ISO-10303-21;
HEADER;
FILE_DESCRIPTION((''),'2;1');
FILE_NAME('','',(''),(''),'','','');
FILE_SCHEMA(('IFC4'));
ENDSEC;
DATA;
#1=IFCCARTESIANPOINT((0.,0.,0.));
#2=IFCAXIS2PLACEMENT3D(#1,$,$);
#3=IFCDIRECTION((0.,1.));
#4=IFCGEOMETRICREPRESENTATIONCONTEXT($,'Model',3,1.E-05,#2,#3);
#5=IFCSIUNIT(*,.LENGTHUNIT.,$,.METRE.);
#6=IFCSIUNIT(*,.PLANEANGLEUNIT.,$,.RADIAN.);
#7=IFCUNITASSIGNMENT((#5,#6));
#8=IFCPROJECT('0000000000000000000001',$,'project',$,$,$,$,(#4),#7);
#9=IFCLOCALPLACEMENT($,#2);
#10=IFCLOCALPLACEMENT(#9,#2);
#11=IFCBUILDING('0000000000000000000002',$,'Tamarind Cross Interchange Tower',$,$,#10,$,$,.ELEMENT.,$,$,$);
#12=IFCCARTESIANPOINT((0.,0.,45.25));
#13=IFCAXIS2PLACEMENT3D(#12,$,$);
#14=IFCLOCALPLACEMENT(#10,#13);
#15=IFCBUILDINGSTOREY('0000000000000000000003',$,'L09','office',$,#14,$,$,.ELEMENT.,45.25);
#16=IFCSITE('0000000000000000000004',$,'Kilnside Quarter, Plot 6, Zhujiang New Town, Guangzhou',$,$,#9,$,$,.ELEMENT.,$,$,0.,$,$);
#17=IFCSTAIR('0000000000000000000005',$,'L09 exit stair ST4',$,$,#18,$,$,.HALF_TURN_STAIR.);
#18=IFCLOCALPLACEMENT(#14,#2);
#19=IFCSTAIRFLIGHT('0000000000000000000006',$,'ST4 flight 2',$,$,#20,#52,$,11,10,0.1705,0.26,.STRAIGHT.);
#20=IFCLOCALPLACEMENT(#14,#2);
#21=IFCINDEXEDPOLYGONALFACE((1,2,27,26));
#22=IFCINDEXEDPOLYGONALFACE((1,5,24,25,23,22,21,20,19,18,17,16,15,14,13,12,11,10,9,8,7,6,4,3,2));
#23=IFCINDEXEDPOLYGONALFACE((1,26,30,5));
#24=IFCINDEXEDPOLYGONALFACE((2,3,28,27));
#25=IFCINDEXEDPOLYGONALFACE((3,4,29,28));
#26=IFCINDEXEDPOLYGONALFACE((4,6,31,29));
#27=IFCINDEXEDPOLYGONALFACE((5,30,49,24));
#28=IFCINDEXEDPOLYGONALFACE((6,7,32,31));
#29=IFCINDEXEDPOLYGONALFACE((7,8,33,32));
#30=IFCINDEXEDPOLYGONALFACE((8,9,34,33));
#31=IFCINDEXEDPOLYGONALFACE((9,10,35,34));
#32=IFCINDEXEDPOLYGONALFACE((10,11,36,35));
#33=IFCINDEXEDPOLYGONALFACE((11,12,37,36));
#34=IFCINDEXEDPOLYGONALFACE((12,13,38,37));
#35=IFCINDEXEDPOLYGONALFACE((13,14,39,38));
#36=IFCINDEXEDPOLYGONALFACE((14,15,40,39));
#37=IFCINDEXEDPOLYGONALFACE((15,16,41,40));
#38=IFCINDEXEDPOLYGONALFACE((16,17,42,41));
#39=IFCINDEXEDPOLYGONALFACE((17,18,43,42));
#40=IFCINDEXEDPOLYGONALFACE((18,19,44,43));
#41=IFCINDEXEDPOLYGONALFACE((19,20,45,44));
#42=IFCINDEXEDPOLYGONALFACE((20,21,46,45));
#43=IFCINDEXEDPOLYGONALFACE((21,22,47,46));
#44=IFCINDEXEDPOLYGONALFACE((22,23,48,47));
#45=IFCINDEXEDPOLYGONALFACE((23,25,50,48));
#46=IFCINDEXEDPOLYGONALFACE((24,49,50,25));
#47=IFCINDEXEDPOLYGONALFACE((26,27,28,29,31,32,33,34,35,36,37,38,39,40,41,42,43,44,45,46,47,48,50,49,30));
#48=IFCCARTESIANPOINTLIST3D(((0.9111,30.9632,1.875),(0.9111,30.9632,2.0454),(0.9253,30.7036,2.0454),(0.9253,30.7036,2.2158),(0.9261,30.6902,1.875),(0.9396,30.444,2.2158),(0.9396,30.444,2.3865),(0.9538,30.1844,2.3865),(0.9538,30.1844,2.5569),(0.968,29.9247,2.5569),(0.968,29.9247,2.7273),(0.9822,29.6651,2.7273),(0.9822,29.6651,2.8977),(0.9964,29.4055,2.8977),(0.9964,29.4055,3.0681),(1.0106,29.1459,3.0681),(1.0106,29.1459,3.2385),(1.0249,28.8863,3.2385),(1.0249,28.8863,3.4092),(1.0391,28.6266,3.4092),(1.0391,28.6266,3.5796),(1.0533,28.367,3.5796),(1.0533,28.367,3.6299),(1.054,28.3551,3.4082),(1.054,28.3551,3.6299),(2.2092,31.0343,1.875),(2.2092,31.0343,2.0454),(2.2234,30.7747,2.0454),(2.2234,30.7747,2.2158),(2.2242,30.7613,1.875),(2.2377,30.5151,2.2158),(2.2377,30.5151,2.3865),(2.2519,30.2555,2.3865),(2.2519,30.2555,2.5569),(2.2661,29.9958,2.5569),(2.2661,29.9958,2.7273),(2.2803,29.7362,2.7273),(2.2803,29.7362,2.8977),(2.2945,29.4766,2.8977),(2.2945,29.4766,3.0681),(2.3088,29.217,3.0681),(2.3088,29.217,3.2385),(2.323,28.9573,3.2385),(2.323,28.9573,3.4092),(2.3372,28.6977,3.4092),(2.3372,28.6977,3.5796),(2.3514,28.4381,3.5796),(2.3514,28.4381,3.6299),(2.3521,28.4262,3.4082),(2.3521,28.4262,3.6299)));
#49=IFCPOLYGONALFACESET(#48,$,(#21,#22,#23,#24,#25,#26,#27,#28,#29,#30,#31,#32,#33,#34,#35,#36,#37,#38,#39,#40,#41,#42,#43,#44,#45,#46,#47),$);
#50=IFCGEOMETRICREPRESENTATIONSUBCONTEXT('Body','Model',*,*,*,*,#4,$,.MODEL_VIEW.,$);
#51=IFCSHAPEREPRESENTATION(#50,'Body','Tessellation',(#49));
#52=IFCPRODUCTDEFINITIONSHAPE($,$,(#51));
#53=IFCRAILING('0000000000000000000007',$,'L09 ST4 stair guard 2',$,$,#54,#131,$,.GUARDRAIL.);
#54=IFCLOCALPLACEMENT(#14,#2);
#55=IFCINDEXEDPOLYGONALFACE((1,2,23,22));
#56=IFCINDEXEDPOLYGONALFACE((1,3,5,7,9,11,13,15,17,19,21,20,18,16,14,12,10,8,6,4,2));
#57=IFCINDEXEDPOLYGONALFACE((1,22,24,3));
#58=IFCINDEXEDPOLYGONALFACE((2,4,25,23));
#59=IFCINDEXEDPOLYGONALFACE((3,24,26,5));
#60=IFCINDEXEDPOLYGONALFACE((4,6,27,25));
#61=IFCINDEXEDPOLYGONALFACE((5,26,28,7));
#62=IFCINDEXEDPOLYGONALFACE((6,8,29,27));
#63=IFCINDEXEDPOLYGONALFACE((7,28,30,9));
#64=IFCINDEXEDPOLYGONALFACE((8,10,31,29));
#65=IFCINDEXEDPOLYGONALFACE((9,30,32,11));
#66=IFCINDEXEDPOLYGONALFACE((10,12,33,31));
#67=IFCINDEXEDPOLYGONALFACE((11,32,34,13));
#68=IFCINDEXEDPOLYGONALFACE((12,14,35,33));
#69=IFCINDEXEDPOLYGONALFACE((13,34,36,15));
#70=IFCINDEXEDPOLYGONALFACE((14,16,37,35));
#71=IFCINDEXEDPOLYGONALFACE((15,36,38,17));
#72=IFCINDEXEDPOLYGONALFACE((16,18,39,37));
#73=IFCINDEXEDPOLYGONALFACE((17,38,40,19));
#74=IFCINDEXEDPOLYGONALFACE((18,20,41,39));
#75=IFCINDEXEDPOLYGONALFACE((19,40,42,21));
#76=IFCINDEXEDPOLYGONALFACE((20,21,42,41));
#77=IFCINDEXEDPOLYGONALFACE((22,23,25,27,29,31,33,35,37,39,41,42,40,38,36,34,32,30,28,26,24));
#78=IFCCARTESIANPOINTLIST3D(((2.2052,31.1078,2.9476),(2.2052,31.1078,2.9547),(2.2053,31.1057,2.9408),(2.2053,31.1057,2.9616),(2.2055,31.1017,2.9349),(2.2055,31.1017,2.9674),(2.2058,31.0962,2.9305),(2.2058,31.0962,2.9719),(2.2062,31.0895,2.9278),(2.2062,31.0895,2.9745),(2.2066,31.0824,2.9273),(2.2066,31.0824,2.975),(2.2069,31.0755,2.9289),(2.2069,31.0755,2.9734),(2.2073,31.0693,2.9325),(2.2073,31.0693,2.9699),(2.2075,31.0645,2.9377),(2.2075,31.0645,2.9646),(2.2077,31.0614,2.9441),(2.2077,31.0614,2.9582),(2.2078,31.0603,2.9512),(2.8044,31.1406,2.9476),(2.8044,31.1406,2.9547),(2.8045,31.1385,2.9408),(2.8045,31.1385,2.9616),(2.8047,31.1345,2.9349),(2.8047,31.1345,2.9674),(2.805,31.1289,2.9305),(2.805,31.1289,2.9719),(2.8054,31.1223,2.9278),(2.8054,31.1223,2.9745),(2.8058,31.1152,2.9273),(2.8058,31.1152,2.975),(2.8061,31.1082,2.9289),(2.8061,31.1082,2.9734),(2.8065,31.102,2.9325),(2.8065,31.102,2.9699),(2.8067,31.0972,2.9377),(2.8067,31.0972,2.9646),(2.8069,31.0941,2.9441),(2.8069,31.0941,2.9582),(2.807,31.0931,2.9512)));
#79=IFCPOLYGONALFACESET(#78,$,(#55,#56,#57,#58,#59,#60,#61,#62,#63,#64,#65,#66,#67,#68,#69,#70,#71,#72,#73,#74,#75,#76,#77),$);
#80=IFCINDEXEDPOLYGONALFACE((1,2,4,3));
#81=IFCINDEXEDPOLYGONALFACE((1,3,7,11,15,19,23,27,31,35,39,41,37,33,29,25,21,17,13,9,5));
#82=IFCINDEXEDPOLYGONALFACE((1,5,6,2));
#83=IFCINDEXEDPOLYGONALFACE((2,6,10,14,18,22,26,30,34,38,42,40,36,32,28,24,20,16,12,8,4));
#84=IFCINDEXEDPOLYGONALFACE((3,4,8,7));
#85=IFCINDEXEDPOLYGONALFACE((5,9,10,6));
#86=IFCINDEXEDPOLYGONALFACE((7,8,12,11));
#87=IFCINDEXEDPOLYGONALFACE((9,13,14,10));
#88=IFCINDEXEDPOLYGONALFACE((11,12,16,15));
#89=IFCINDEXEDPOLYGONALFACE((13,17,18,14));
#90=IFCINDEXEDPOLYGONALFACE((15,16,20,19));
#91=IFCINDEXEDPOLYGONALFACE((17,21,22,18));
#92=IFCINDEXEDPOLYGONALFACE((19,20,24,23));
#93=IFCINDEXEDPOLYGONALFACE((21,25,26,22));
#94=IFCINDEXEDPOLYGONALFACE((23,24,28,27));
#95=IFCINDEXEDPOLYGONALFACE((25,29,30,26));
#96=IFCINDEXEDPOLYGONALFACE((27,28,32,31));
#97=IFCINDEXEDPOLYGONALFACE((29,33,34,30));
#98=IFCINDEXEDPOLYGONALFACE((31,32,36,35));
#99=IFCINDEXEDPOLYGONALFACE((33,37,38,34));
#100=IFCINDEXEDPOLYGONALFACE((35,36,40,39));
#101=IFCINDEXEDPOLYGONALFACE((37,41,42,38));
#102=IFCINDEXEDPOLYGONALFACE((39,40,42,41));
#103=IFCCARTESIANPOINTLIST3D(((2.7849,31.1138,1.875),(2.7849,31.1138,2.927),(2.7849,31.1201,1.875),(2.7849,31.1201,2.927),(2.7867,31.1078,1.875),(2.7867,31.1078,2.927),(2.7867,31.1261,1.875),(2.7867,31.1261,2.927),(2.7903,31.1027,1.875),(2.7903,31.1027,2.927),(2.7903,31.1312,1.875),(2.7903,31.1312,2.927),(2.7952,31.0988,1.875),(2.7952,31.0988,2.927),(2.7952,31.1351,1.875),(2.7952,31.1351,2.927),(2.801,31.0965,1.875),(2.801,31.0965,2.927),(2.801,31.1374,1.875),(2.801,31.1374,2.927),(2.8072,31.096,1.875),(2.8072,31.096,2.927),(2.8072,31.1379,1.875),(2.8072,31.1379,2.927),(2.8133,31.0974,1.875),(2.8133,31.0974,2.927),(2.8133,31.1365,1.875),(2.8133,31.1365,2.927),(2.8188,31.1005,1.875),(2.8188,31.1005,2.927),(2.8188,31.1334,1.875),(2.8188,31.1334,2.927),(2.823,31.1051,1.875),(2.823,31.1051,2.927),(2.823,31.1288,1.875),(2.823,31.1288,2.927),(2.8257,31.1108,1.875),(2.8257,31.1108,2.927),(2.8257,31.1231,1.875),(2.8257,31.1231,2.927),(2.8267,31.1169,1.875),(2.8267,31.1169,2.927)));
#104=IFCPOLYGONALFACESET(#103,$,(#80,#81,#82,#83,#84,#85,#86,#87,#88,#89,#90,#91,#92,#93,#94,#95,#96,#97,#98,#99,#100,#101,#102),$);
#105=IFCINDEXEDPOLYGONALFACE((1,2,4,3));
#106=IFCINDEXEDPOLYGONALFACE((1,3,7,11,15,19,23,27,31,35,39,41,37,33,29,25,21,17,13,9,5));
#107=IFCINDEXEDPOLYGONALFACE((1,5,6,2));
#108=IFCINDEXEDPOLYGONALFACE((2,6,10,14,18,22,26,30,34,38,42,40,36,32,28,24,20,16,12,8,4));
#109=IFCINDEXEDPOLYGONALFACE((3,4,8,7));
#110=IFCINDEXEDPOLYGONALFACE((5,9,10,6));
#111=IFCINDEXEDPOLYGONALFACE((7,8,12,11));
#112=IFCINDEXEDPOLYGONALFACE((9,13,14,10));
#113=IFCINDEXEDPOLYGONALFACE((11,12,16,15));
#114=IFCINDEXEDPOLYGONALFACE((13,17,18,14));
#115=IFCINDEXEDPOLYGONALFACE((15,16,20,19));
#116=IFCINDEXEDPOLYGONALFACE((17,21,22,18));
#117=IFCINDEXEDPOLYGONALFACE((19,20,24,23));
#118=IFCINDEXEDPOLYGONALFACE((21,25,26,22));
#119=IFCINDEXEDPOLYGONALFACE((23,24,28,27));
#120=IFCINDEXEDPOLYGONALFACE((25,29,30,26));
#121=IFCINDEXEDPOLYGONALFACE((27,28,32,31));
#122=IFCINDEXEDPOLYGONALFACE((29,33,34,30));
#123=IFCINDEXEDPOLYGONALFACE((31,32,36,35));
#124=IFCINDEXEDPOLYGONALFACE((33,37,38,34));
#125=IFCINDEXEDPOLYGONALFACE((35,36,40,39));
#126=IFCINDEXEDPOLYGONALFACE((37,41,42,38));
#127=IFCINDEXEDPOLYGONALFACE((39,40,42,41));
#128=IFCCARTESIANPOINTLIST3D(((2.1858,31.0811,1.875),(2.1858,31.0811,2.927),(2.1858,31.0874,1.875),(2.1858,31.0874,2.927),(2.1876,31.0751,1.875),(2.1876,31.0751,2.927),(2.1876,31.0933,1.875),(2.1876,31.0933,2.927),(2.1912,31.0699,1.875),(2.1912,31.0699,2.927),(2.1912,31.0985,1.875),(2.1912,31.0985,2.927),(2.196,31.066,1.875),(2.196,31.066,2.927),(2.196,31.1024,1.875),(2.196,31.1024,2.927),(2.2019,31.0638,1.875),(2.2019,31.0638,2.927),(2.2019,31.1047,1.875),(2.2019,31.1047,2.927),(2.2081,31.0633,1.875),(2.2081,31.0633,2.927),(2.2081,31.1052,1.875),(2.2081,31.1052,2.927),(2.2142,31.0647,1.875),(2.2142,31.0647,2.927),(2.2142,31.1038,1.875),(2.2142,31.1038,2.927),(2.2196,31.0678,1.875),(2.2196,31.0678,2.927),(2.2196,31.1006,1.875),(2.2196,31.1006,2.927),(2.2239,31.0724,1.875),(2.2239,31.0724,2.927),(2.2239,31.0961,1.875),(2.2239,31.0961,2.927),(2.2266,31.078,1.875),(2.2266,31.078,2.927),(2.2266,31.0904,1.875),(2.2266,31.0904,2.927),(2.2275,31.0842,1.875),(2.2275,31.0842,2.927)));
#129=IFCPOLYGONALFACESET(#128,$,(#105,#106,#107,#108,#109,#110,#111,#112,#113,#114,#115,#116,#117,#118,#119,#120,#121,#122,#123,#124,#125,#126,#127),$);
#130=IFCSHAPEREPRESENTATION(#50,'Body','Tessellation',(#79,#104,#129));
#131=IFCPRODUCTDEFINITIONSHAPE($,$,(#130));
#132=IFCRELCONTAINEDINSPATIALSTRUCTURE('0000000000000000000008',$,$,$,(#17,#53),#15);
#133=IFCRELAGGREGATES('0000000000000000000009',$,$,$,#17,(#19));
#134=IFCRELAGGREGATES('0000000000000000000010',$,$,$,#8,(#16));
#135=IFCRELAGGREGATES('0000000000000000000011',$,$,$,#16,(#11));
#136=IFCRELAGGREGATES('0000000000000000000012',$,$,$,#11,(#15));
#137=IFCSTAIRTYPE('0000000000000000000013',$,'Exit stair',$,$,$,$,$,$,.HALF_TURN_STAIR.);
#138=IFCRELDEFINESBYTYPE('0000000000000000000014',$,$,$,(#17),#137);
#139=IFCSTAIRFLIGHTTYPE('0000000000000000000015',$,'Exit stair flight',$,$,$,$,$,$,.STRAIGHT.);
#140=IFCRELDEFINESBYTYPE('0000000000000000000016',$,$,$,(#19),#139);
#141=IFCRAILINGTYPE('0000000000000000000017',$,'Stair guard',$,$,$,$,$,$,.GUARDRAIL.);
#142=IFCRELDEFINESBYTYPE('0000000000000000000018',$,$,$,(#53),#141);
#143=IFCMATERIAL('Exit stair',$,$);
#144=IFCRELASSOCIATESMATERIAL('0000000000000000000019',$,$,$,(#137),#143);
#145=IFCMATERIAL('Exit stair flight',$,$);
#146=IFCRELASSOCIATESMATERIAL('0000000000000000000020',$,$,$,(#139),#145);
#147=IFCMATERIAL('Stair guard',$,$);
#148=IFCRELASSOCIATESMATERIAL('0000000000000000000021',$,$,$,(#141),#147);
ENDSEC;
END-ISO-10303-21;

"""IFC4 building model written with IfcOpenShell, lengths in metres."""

from ifc_helpers import new_model, si_unit, direction, frame, origin, origin_2d, place, context, subcontext, project, spatial, polyline, circle, outline, extrude, material, type_object, element, aggregate, save


model = new_model("IFC4")

# Units and contexts
model_context = context("Model", 3, precision=1e-05, world=origin(), true_north=direction((0.0, 1.0)))
body_context = subcontext(model_context, "Body", "Model", "MODEL_VIEW")
ifc_project = project(units=[si_unit("LENGTHUNIT", "METRE"), si_unit("PLANEANGLEUNIT", "RADIAN")], contexts=[model_context])

# Site, building, storey
site_placement = place(None, origin())
site = spatial("IfcSite", under=ifc_project, at=site_placement, Name="Kilnside Quarter, Plot 6, Zhujiang New Town, Guangzhou", CompositionType="ELEMENT", RefElevation=0.0)
building_placement = place(site_placement, origin())
building = spatial("IfcBuilding", under=site, at=building_placement, Name="Tamarind Cross Interchange Tower", CompositionType="ELEMENT")
storey_placement = place(building_placement, frame((0.0, 0.0, 45.25)))
storey = spatial("IfcBuildingStorey", under=building, at=storey_placement, Name="L09", Description="office", CompositionType="ELEMENT", Elevation=45.25)

# Stair, stair flight
ifc_material_1 = material(Name="Exit stair")
stair_type = type_object("IfcStairType", Name="Exit stair", PredefinedType="HALF_TURN_STAIR", material=ifc_material_1)
stair_placement = place(storey_placement, origin())
stair = element("IfcStair", 1, at=stair_placement, inside=storey, type_object=stair_type, Name="L09 exit stair ST4", PredefinedType="HALF_TURN_STAIR")
ifc_material_2 = material(Name="Exit stair flight")
stair_flight_type = type_object("IfcStairFlightType", Name="Exit stair flight", PredefinedType="STRAIGHT", material=ifc_material_2)
stair_flight_1_placement = place(storey_placement, frame((1.5603, 30.9988, 1.875), z_axis=(0.0, 0.0, 1.0), x_axis=(0.054678, -0.998504, 0.0)))
stair_flight_1 = element("IfcStairFlight", 2, at=stair_flight_1_placement, type_object=stair_flight_type, Name="ST4 flight 2", NumberOfRisers=11, NumberOfTreads=10, PredefinedType="STRAIGHT", RiserHeight=0.1705, TreadLength=0.26, context=body_context, shape_type="SweptSolid", body=[
    extrude(outline(polyline([(0.0, 0.0), (0.0, 0.1704), (0.26, 0.1704), (0.26, 0.3408), (0.52, 0.3408), (0.52, 0.5115), (0.78, 0.5115), (0.78, 0.6819), (1.04, 0.6819), (1.04, 0.8523), (1.3, 0.8523), (1.3, 1.0227), (1.5601, 1.0227), (1.5601, 1.1931), (1.8201, 1.1931), (1.8201, 1.3635), (2.0801, 1.3635), (2.0801, 1.5342), (2.3401, 1.5342), (2.3401, 1.7046), (2.6001, 1.7046), (2.6001, 1.7549), (2.6121, 1.7549), (2.6121, 1.5332), (0.2734, 0.0), (0.0, 0.0)])), frame((0.0, 0.6499, 0.0), z_axis=(0.0, -1.0, 0.0), x_axis=(1.0, 0.0, 0.0)), (0.0, 0.0, 1.0), 1.3),
])
aggregate(stair, [stair_flight_1])

# Railing
ifc_material_3 = material(Name="Stair guard")
railing_type_1 = type_object("IfcRailingType", Name="Stair guard", PredefinedType="GUARDRAIL", material=ifc_material_3)
railing_1_placement = place(storey_placement, frame((2.8057, 31.1169, 1.875)))
element("IfcRailing", 3, at=railing_1_placement, inside=storey, type_object=railing_type_1, Name="L09 ST4 stair guard 2", PredefinedType="GUARDRAIL", context=body_context, shape_type="SweptSolid", body=[
    extrude(circle(Radius=0.0239, at=origin_2d()), frame((0.0, 0.0, 1.0762), z_axis=(-0.998512, -0.054524, 0.0), x_axis=(0.054524, -0.998512, 0.0)), (0.0, 0.0, 1.0), 0.6001),
    extrude(circle(Radius=0.021, at=origin_2d()), origin(), (0.0, 0.0, 1.0), 1.052),
    extrude(circle(Radius=0.021, at=origin_2d()), frame((-0.5991, -0.0327, 0.0)), (0.0, 0.0, 1.0), 1.052),
])

save(model, "model.ifc")
